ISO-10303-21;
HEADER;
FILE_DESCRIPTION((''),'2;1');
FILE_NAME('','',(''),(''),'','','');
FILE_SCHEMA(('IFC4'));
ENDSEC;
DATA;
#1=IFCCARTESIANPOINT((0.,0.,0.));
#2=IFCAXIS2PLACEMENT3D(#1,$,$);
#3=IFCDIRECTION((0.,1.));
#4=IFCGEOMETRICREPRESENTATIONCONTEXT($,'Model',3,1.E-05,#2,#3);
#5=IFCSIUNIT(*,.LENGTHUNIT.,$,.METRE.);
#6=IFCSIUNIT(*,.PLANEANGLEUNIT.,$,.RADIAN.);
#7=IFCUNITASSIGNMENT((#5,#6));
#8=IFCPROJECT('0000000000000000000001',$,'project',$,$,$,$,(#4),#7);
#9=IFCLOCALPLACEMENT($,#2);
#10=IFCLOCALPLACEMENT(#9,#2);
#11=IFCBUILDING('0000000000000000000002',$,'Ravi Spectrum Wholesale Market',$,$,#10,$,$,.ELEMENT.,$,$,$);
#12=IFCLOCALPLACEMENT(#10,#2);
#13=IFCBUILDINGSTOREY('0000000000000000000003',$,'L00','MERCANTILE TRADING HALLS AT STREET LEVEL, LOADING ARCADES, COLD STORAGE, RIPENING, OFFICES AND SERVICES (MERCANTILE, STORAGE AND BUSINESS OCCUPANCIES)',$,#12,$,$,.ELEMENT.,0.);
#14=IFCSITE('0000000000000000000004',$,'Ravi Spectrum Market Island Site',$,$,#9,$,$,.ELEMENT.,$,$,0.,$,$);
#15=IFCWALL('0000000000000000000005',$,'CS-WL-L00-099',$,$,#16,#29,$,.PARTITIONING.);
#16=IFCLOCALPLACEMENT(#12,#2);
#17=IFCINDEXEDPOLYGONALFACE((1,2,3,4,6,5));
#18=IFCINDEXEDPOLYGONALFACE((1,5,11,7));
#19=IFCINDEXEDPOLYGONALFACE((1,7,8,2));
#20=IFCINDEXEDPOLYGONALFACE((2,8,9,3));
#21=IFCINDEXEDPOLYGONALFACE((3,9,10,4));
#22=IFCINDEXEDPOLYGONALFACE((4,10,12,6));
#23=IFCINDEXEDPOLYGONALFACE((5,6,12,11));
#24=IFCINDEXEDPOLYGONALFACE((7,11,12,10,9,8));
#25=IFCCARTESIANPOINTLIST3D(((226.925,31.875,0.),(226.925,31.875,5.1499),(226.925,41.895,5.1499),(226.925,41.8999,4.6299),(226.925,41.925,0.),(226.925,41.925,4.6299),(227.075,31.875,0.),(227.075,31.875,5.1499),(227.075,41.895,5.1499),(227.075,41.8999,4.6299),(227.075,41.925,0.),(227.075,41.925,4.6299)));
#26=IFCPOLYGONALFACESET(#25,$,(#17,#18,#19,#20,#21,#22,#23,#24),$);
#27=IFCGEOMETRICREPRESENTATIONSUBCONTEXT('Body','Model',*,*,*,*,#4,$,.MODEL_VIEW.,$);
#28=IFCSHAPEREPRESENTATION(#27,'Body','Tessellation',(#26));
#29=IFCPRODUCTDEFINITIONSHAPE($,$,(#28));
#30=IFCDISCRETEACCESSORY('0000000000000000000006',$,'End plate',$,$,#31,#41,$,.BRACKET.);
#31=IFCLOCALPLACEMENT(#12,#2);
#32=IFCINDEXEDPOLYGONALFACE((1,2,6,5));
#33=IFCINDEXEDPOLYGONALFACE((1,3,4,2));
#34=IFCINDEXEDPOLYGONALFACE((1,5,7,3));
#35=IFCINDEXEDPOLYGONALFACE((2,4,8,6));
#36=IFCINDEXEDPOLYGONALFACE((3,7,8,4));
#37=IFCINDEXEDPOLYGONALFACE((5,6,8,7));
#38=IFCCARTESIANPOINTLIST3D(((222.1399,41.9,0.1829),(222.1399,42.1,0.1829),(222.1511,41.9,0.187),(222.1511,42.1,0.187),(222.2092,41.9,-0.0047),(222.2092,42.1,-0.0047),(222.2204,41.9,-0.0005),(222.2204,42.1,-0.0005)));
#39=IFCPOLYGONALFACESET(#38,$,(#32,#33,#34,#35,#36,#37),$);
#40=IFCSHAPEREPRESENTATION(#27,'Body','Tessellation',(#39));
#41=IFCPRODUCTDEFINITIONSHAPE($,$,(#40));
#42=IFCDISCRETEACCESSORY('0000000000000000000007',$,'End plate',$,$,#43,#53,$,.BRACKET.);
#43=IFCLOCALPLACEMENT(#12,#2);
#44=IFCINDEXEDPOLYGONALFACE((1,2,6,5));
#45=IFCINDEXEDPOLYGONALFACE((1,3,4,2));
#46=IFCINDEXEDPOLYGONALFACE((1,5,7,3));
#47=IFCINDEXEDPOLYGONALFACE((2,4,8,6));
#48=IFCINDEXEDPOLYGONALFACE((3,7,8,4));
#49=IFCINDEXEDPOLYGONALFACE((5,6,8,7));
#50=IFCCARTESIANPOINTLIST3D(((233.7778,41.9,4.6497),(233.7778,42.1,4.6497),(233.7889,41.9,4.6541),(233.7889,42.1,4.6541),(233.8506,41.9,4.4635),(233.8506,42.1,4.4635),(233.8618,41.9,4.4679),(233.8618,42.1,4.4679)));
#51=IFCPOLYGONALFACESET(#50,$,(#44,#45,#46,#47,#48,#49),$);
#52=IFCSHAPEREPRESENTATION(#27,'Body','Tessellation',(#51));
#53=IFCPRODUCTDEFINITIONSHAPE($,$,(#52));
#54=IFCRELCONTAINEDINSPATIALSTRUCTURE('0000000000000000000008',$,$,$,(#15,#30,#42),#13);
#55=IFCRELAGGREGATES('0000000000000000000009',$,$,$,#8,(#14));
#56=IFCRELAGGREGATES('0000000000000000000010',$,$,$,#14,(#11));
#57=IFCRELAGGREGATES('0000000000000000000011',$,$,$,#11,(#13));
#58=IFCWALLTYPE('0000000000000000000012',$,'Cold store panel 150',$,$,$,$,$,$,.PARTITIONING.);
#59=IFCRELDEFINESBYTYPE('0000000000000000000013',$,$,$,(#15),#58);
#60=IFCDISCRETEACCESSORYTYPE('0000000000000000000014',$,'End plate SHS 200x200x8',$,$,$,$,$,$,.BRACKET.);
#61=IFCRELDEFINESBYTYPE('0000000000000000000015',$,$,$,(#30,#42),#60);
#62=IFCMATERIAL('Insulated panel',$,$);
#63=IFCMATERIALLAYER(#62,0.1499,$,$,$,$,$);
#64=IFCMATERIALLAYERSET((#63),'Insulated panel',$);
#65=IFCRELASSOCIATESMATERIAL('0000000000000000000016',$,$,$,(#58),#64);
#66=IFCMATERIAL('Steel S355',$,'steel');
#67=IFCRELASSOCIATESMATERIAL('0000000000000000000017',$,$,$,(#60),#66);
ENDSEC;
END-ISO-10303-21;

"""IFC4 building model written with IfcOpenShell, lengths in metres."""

from ifc_helpers import new_model, si_unit, direction, frame, origin, origin_2d, place, context, subcontext, project, spatial, polyline, rectangle, outline, extrude, material, layer, layer_set, material_profile, profile_set, type_object, element, save


model = new_model("IFC4")

# Units and contexts
model_context = context("Model", 3, precision=1e-05, world=origin(), true_north=direction((0.0, 1.0)))
body_context = subcontext(model_context, "Body", "Model", "MODEL_VIEW")
ifc_project = project(units=[si_unit("LENGTHUNIT", "METRE"), si_unit("PLANEANGLEUNIT", "RADIAN")], contexts=[model_context])

# Site, building, storey
site_placement = place(None, origin())
site = spatial("IfcSite", under=ifc_project, at=site_placement, Name="Ravi Spectrum Market Island Site", CompositionType="ELEMENT", RefElevation=0.0)
building_placement = place(site_placement, origin())
building = spatial("IfcBuilding", under=site, at=building_placement, Name="Ravi Spectrum Wholesale Market", CompositionType="ELEMENT")
storey_placement = place(building_placement, origin())
storey = spatial("IfcBuildingStorey", under=building, at=storey_placement, Name="L00", Description="MERCANTILE TRADING HALLS AT STREET LEVEL, LOADING ARCADES, COLD STORAGE, RIPENING, OFFICES AND SERVICES (MERCANTILE, STORAGE AND BUSINESS OCCUPANCIES)", CompositionType="ELEMENT", Elevation=0.0)

# Shared definitions
ifc_material_1 = material(Name="Insulated panel")
ifc_layer = layer(ifc_material_1, 0.1499)
ifc_layer_set = layer_set([ifc_layer], Name="Insulated panel")
wall_type = type_object("IfcWallType", Name="Cold store panel 150", PredefinedType="PARTITIONING", material=ifc_layer_set)

# Wall
wall_1_placement = place(storey_placement, frame((227.0, 31.875, 0.0), z_axis=(0.0, 0.0, 1.0), x_axis=(0.0, 1.0, 0.0)))
element("IfcWall", 1, at=wall_1_placement, inside=storey, type_object=wall_type, Name="CS-WL-L00-099", PredefinedType="PARTITIONING", context=body_context, shape_type="SweptSolid", body=[
    extrude(outline(polyline([(0.0, 0.0), (10.05, 0.0), (10.05, 4.6299), (10.0249, 4.6299), (10.02, 5.1499), (0.0, 5.1499), (0.0, 0.0)])), frame((0.0, 0.075, 0.0), z_axis=(0.0, -1.0, 0.0), x_axis=(1.0, 0.0, 0.0)), (0.0, 0.0, 1.0), 0.1499),
])

# Discrete accessories
ifc_material_2 = material(Name="Steel S355", Category="steel")
ifc_material_profile_1 = material_profile(ifc_material_2, rectangle(XDim=0.2, YDim=0.2, at=origin_2d()))
ifc_profile_set_1 = profile_set([ifc_material_profile_1], Name="Steel S355")
discrete_accessory_type = type_object("IfcDiscreteAccessoryType", Name="End plate SHS 200x200x8", PredefinedType="BRACKET", material=ifc_profile_set_1)
for number, where, z_axis, x_axis, name in (
    (2, (222.1858, 42.0, 0.0933), (-0.937994, 0.0, -0.34665), (0.0, -1.0, 0.0), "End plate"),
    (3, (233.8142, 42.0, 4.5566), (0.931243, 0.0, 0.364399), (0.0, 1.0, 0.0), "End plate"),
):
    element("IfcDiscreteAccessory", number, at=place(storey_placement, frame(where, z_axis=z_axis, x_axis=x_axis)), inside=storey, type_object=discrete_accessory_type, Name=name, PredefinedType="BRACKET", context=body_context, shape_type="SweptSolid", body=[
        extrude(rectangle(XDim=0.2, YDim=0.2, at=origin_2d()), origin(), (0.0, 0.0, 1.0), 0.012),
    ])

save(model, "model.ifc")
